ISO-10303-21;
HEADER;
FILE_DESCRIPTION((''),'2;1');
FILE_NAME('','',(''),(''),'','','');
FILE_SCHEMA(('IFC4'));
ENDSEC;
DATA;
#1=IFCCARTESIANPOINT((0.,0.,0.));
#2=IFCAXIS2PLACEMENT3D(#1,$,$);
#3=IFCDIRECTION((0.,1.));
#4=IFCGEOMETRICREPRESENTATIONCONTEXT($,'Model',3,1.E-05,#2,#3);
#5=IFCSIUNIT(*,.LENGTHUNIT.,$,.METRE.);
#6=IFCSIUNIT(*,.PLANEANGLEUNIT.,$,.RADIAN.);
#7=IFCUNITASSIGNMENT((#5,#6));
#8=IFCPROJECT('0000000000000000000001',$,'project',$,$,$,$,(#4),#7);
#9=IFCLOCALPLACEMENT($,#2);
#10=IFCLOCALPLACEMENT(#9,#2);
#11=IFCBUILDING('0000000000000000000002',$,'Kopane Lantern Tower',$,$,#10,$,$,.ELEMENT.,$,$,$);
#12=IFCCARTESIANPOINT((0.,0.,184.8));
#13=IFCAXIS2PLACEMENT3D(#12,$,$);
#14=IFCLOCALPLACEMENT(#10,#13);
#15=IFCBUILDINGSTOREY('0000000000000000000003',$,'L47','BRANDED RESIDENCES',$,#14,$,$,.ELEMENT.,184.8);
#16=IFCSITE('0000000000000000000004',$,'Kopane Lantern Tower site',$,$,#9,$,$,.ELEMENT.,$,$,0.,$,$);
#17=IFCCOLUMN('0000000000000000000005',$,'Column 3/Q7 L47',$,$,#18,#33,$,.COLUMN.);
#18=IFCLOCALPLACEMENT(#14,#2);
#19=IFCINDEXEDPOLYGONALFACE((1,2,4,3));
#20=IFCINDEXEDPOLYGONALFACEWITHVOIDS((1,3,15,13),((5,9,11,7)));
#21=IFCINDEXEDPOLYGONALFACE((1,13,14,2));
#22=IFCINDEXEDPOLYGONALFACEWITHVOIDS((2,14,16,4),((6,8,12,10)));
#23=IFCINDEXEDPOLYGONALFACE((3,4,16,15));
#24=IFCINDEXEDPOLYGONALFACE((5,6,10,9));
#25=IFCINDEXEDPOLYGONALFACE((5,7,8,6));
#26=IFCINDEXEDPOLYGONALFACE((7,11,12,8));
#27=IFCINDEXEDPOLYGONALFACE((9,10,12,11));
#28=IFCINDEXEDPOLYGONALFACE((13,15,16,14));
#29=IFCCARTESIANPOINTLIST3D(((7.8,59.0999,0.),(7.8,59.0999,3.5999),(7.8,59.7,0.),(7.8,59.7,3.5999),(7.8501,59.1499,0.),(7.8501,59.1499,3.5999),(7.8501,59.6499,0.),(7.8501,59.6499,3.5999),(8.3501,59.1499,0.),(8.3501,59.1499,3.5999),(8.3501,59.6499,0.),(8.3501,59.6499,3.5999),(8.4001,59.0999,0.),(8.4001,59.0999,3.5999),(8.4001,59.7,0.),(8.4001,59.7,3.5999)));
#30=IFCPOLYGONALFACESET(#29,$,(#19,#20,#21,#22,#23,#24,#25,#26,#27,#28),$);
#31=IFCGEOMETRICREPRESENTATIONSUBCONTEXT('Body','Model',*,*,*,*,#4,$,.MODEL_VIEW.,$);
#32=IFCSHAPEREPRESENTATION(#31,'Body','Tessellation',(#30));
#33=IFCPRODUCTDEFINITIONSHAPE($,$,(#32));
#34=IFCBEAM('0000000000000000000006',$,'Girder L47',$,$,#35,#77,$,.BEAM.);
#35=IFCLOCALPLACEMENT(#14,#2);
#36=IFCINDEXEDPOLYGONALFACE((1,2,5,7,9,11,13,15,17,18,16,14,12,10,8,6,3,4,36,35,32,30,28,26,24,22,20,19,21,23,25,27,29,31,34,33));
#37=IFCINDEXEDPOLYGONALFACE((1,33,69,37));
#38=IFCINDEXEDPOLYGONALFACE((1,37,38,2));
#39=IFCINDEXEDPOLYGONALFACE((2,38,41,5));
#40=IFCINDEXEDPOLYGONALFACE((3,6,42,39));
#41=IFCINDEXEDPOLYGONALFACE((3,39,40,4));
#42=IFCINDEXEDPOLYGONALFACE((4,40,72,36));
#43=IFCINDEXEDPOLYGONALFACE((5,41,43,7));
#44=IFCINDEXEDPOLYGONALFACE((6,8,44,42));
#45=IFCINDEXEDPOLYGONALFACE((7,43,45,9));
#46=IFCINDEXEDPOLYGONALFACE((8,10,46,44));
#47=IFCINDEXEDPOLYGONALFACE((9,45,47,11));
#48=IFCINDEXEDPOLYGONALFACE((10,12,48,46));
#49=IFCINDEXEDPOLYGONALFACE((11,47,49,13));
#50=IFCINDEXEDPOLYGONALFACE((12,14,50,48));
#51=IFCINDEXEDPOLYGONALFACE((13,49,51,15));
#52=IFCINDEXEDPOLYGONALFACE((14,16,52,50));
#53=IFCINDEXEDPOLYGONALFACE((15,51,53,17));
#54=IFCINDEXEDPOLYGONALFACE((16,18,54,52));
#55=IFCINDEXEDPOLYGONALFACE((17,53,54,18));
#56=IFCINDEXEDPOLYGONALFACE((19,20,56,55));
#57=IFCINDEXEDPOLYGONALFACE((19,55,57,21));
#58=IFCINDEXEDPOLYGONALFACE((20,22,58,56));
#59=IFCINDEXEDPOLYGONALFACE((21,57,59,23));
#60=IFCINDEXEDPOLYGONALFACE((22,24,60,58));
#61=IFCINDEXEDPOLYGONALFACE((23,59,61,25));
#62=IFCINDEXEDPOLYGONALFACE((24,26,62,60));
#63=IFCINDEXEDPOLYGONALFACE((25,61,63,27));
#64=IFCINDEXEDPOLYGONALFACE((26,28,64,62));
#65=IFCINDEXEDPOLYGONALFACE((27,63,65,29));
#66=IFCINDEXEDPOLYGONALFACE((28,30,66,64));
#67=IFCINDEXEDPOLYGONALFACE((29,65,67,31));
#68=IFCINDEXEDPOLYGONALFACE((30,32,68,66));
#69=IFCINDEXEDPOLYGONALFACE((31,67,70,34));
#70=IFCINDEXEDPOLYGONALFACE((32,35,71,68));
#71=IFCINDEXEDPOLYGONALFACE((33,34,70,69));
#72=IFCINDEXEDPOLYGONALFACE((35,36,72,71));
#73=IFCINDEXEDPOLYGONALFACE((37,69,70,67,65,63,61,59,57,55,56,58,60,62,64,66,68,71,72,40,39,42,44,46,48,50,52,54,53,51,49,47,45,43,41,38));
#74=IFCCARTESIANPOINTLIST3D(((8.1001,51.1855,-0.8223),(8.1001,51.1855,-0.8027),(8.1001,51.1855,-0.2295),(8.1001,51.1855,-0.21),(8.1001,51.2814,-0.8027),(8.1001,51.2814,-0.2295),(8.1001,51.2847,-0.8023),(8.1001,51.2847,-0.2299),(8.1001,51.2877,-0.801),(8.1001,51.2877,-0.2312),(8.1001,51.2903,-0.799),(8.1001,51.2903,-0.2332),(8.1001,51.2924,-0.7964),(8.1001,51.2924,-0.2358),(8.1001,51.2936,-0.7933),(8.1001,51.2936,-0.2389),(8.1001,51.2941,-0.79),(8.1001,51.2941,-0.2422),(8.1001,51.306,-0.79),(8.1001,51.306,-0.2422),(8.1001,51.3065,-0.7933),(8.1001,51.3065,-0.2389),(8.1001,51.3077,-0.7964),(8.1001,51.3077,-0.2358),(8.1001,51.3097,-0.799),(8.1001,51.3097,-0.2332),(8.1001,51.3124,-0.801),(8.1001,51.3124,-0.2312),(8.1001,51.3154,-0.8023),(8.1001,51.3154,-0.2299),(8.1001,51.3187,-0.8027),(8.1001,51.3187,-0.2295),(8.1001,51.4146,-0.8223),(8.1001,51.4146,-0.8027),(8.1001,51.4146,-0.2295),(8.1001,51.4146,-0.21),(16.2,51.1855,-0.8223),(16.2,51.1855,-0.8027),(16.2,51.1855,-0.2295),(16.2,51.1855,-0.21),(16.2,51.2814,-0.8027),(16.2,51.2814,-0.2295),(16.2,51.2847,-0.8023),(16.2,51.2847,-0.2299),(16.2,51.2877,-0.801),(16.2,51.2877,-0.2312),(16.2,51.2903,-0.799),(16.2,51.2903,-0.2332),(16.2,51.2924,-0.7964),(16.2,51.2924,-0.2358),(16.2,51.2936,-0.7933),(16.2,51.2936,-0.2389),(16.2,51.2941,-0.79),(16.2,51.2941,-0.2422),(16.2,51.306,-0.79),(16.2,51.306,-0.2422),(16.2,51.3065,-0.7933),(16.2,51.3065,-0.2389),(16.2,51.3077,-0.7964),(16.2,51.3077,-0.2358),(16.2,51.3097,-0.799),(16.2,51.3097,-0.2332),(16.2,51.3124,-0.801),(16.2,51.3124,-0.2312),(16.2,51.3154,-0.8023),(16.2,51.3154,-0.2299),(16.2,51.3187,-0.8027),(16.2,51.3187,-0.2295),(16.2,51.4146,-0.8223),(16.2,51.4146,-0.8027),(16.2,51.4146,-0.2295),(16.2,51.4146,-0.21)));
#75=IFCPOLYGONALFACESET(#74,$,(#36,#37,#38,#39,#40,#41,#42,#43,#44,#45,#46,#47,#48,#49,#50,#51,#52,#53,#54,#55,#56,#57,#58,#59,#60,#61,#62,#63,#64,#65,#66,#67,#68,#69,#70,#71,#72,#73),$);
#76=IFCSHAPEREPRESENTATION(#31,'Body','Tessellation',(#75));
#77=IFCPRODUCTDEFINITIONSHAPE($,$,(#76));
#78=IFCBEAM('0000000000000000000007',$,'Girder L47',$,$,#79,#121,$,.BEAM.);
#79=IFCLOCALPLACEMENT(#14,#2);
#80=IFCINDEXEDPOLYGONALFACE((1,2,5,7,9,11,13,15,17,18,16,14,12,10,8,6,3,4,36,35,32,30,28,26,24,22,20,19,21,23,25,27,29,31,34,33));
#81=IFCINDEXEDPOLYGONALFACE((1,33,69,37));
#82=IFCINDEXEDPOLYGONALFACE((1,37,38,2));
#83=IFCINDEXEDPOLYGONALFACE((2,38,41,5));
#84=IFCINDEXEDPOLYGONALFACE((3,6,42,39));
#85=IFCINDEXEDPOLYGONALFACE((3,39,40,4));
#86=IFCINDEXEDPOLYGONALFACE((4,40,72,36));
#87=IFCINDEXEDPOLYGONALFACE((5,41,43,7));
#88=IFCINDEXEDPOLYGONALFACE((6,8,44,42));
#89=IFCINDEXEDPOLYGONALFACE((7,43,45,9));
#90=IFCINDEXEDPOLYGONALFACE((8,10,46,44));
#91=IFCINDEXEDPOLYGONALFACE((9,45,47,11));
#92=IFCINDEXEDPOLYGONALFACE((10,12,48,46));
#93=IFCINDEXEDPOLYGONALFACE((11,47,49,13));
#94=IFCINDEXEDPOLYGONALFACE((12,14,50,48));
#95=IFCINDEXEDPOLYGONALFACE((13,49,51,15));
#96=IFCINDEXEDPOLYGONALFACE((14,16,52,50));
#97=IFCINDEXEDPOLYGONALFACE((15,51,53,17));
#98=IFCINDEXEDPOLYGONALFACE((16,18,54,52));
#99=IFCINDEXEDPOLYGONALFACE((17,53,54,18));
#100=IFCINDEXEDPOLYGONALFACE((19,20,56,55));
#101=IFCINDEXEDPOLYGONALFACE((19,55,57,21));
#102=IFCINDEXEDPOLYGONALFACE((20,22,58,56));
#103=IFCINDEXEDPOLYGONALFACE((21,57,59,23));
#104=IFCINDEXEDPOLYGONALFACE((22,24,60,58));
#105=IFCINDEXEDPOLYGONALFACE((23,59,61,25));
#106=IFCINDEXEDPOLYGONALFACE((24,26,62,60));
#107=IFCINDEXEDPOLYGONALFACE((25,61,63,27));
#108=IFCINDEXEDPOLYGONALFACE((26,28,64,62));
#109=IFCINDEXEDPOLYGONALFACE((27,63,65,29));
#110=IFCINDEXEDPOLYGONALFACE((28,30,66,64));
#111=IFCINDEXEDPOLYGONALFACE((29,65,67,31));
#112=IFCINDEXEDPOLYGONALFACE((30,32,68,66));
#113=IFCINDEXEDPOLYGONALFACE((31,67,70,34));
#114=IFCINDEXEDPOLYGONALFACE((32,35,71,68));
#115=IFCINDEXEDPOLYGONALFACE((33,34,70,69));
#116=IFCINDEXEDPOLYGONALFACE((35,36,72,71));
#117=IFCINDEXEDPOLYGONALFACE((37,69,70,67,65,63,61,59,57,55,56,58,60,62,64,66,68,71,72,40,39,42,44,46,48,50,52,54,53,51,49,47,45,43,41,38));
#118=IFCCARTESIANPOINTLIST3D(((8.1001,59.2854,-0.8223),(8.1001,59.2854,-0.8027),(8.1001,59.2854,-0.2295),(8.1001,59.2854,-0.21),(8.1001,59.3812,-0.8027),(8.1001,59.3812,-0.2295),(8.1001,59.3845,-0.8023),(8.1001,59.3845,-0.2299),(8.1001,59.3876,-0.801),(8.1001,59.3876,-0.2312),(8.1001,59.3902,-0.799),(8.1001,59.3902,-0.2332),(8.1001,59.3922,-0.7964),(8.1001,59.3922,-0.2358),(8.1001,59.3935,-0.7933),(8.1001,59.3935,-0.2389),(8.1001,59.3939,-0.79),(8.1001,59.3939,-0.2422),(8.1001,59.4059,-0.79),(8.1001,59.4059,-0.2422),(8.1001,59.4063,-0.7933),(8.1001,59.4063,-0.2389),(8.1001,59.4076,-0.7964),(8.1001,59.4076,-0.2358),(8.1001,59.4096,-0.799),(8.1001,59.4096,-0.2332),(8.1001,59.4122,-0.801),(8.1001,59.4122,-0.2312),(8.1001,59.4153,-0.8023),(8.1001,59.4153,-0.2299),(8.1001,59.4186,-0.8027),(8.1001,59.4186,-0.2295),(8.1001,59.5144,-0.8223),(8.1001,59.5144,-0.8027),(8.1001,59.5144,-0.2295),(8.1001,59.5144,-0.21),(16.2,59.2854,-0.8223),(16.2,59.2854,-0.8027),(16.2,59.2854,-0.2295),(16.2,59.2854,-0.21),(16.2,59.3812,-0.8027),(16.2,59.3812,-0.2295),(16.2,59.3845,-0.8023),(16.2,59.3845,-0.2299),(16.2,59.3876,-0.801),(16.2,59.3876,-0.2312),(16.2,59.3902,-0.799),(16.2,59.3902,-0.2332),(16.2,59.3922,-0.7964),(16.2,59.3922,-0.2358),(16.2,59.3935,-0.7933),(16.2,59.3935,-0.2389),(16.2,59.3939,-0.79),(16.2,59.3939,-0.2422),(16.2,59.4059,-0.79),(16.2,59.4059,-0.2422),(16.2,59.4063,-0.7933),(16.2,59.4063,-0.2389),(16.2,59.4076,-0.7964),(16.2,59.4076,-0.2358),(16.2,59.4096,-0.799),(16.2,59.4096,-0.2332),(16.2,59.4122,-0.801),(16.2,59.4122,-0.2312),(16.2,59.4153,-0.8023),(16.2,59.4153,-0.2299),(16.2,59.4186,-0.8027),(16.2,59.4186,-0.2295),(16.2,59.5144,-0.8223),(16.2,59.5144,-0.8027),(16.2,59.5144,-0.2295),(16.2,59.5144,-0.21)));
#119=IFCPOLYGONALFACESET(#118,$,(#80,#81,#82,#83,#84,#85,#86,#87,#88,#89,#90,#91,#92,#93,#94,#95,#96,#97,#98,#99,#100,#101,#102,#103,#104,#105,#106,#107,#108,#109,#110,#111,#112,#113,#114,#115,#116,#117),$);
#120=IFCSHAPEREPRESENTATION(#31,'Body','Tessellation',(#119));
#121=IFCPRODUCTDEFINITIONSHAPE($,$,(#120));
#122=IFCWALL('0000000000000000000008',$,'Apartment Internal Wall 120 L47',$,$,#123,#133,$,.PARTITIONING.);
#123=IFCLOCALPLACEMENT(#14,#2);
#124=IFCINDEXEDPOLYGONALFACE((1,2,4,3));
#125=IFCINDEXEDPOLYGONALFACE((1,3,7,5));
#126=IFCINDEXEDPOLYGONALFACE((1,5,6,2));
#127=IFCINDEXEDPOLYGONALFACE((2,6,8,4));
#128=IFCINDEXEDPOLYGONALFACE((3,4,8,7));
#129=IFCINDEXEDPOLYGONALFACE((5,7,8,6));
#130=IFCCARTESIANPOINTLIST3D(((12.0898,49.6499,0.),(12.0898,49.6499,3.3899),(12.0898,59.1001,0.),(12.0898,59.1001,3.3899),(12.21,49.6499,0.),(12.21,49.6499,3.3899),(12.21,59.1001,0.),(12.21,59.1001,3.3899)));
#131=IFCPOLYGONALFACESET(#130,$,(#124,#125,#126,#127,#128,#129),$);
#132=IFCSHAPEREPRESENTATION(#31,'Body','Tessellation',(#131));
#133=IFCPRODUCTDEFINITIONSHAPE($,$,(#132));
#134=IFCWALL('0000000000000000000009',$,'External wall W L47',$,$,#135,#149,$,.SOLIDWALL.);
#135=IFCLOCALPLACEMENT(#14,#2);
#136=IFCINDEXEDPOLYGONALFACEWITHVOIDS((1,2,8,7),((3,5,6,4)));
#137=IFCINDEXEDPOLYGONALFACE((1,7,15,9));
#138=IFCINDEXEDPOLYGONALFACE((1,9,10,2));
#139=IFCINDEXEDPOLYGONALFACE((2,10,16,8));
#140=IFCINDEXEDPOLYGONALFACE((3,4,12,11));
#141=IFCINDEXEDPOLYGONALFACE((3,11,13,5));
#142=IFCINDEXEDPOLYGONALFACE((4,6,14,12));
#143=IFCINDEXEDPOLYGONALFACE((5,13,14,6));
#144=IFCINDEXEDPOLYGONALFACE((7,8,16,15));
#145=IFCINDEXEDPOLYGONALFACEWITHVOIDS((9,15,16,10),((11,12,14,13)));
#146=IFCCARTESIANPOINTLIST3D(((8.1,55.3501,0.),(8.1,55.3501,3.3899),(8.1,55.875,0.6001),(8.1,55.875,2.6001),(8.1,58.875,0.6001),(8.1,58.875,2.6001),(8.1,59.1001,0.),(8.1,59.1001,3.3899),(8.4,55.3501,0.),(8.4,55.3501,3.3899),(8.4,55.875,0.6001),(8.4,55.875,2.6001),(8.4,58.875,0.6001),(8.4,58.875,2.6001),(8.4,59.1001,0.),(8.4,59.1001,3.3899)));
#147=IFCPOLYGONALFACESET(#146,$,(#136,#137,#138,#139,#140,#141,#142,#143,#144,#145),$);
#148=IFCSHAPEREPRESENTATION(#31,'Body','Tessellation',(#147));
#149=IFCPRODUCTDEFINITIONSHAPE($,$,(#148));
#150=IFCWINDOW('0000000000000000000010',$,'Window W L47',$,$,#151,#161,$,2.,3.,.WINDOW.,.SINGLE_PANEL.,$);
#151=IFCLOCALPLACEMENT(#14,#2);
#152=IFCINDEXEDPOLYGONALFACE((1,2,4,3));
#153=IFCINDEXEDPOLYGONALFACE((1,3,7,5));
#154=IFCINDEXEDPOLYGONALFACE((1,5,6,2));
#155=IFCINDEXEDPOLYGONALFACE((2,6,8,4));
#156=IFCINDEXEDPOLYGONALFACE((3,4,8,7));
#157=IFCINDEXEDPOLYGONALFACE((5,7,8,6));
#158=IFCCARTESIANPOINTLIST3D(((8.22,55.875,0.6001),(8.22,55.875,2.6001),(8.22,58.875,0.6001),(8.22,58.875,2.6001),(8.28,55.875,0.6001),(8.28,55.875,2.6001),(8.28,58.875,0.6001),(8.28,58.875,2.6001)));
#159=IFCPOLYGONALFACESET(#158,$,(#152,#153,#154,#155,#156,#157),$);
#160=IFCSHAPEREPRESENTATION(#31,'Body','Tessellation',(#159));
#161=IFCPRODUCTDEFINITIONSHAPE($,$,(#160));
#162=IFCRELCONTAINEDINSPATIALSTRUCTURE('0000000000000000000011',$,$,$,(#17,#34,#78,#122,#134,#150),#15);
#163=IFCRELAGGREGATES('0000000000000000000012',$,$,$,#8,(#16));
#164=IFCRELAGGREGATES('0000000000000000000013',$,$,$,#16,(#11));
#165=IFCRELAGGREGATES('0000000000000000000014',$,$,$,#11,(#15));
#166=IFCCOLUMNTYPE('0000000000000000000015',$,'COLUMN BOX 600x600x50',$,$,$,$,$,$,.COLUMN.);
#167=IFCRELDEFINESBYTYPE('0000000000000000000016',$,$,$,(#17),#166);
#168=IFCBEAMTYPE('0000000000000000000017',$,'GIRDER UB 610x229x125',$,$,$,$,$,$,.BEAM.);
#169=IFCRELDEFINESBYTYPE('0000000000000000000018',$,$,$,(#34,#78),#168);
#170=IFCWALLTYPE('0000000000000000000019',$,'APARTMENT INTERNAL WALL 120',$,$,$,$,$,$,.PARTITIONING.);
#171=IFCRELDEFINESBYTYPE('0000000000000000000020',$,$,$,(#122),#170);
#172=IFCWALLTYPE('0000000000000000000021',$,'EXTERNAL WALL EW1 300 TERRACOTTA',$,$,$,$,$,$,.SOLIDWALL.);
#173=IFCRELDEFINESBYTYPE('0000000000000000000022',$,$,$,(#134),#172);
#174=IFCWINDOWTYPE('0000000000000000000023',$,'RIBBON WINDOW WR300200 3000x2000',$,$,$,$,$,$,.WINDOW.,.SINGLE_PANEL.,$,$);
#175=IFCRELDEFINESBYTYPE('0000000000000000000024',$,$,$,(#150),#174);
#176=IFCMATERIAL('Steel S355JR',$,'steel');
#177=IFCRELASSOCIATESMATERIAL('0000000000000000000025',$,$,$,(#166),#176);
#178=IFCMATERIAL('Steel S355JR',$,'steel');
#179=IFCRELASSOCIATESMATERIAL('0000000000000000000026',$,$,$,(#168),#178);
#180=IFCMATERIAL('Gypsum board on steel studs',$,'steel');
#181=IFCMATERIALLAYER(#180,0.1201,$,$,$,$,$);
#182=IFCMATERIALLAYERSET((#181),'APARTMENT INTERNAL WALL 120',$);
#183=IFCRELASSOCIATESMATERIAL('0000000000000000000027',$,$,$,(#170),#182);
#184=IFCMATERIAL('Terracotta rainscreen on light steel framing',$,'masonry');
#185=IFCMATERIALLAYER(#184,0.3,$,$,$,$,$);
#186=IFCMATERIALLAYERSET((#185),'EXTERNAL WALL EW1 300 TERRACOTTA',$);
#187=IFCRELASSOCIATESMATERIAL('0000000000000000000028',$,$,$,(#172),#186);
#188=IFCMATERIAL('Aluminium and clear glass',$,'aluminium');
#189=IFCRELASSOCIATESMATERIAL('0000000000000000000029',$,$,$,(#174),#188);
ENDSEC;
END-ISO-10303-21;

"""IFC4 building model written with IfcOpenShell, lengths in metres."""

from ifc_helpers import new_model, si_unit, direction, frame, frame_2d, origin, origin_2d, place, context, subcontext, project, spatial, rectangle, hollow_rectangle, i_section, extrude, material, layer, layer_set, material_profile, profile_set, type_object, element, fill, save


model = new_model("IFC4")

# Units and contexts
model_context = context("Model", 3, precision=1e-05, world=origin(), true_north=direction((0.0, 1.0)))
body_context = subcontext(model_context, "Body", "Model", "MODEL_VIEW")
ifc_project = project(units=[si_unit("LENGTHUNIT", "METRE"), si_unit("PLANEANGLEUNIT", "RADIAN")], contexts=[model_context])

# Site, building, storey
site_placement = place(None, origin())
site = spatial("IfcSite", under=ifc_project, at=site_placement, Name="Kopane Lantern Tower site", CompositionType="ELEMENT", RefElevation=0.0)
building_placement = place(site_placement, origin())
building = spatial("IfcBuilding", under=site, at=building_placement, Name="Kopane Lantern Tower", CompositionType="ELEMENT")
storey_placement = place(building_placement, frame((0.0, 0.0, 184.8)))
storey = spatial("IfcBuildingStorey", under=building, at=storey_placement, Name="L47", Description="BRANDED RESIDENCES", CompositionType="ELEMENT", Elevation=184.8)

# Column
ifc_material_1 = material(Name="Steel S355JR", Category="steel")
ifc_material_profile_1 = material_profile(ifc_material_1, hollow_rectangle(XDim=0.6001, YDim=0.6001, WallThickness=0.05, at=origin_2d()), Name="BOX 600x600x50")
ifc_profile_set_1 = profile_set([ifc_material_profile_1], Name="Steel S355JR")
column_type = type_object("IfcColumnType", Name="COLUMN BOX 600x600x50", PredefinedType="COLUMN", material=ifc_profile_set_1)
column_placement = place(storey_placement, frame((8.1001, 59.3999, 0.0), z_axis=(0.0, 0.0, 1.0), x_axis=(1.0, 0.0, 0.0)))
element("IfcColumn", 1, at=column_placement, inside=storey, type_object=column_type, Name="Column 3/Q7 L47", PredefinedType="COLUMN", context=body_context, shape_type="SweptSolid", body=[
    extrude(hollow_rectangle(XDim=0.6001, YDim=0.6001, WallThickness=0.05, at=origin_2d()), origin(), (0.0, 0.0, 1.0), 3.5999),
])

# Beams
ifc_material_2 = material(Name="Steel S355JR", Category="steel")
ifc_material_profile_2 = material_profile(ifc_material_2, i_section(OverallWidth=0.229, OverallDepth=0.6123, WebThickness=0.012, FlangeThickness=0.0195, FilletRadius=0.0127, at=origin_2d()), Name="UB 610x229x125")
ifc_profile_set_2 = profile_set([ifc_material_profile_2], Name="Steel S355JR")
beam_type = type_object("IfcBeamType", Name="GIRDER UB 610x229x125", PredefinedType="BEAM", material=ifc_profile_set_2)
for number, where, z_axis, x_axis, name in (
    (2, (8.1001, 51.3, -0.5161), (1.0, 0.0, 0.0), (0.0, 1.0, 0.0), "Girder L47"),
    (3, (8.1001, 59.3999, -0.5161), (1.0, 0.0, 0.0), (0.0, 1.0, 0.0), "Girder L47"),
):
    element("IfcBeam", number, at=place(storey_placement, frame(where, z_axis=z_axis, x_axis=x_axis)), inside=storey, type_object=beam_type, Name=name, PredefinedType="BEAM", context=body_context, shape_type="SweptSolid", body=[
        extrude(i_section(OverallWidth=0.229, OverallDepth=0.6123, WebThickness=0.012, FlangeThickness=0.0195, FilletRadius=0.0127, at=origin_2d()), origin(), (0.0, 0.0, 1.0), 8.0999),
    ])

# Wall
ifc_material_3 = material(Name="Gypsum board on steel studs", Category="steel")
ifc_layer_1 = layer(ifc_material_3, 0.1201)
ifc_layer_set_1 = layer_set([ifc_layer_1], Name="APARTMENT INTERNAL WALL 120")
wall_type_1 = type_object("IfcWallType", Name="APARTMENT INTERNAL WALL 120", PredefinedType="PARTITIONING", material=ifc_layer_set_1)
wall_1_placement = place(storey_placement, frame((12.1499, 49.6499, 0.0), z_axis=(0.0, 0.0, 1.0), x_axis=(0.0, 1.0, 0.0)))
element("IfcWall", 4, at=wall_1_placement, inside=storey, type_object=wall_type_1, Name="Apartment Internal Wall 120 L47", PredefinedType="PARTITIONING", context=body_context, shape_type="SweptSolid", body=[
    extrude(rectangle(XDim=9.4502, YDim=0.1201, at=frame_2d((4.7251, 0.0))), origin(), (0.0, 0.0, 1.0), 3.3899),
])

# Wall, opening, window
ifc_material_4 = material(Name="Terracotta rainscreen on light steel framing", Category="masonry")
ifc_layer_2 = layer(ifc_material_4, 0.3)
ifc_layer_set_2 = layer_set([ifc_layer_2], Name="EXTERNAL WALL EW1 300 TERRACOTTA")
wall_type_2 = type_object("IfcWallType", Name="EXTERNAL WALL EW1 300 TERRACOTTA", PredefinedType="SOLIDWALL", material=ifc_layer_set_2)
wall_2_placement = place(storey_placement, frame((8.25, 59.1001, 0.0), z_axis=(0.0, 0.0, 1.0), x_axis=(0.0, -1.0, 0.0)))
wall_2 = element("IfcWall", 5, at=wall_2_placement, inside=storey, type_object=wall_type_2, Name="External wall W L47", PredefinedType="SOLIDWALL", context=body_context, shape_type="SweptSolid", body=[
    extrude(rectangle(XDim=3.75, YDim=0.3, at=frame_2d((1.875, 0.0))), origin(), (0.0, 0.0, 1.0), 3.3899),
])
opening_1_placement = place(wall_2_placement, frame((0.2251, 0.0, 0.6001)))
opening_1 = element("IfcOpeningElement", 6, at=opening_1_placement, cuts=wall_2, PredefinedType="OPENING", context=body_context, shape_type="SweptSolid", body=[
    extrude(rectangle(XDim=3.0, YDim=2.0, at=frame_2d((1.5, 1.0))), frame((0.0, 0.1599, 0.0), z_axis=(0.0, -1.0, 0.0), x_axis=(1.0, 0.0, 0.0)), (0.0, 0.0, 1.0), 0.3201),
])
ifc_material_5 = material(Name="Aluminium and clear glass", Category="aluminium")
window_type = type_object("IfcWindowType", Name="RIBBON WINDOW WR300200 3000x2000", PartitioningType="SINGLE_PANEL", PredefinedType="WINDOW", material=ifc_material_5)
window_1_placement = place(opening_1_placement, origin())
window_1 = element("IfcWindow", 7, at=window_1_placement, inside=storey, type_object=window_type, Name="Window W L47", OverallHeight=2.0, OverallWidth=3.0, PartitioningType="SINGLE_PANEL", PredefinedType="WINDOW", context=body_context, shape_type="SweptSolid", body=[
    extrude(rectangle(XDim=3.0, YDim=2.0, at=frame_2d((1.5, 1.0))), frame((0.0, 0.03, 0.0), z_axis=(0.0, -1.0, 0.0), x_axis=(1.0, 0.0, 0.0)), (0.0, 0.0, 1.0), 0.0601),
])
fill(opening_1, window_1)

save(model, "model.ifc")
